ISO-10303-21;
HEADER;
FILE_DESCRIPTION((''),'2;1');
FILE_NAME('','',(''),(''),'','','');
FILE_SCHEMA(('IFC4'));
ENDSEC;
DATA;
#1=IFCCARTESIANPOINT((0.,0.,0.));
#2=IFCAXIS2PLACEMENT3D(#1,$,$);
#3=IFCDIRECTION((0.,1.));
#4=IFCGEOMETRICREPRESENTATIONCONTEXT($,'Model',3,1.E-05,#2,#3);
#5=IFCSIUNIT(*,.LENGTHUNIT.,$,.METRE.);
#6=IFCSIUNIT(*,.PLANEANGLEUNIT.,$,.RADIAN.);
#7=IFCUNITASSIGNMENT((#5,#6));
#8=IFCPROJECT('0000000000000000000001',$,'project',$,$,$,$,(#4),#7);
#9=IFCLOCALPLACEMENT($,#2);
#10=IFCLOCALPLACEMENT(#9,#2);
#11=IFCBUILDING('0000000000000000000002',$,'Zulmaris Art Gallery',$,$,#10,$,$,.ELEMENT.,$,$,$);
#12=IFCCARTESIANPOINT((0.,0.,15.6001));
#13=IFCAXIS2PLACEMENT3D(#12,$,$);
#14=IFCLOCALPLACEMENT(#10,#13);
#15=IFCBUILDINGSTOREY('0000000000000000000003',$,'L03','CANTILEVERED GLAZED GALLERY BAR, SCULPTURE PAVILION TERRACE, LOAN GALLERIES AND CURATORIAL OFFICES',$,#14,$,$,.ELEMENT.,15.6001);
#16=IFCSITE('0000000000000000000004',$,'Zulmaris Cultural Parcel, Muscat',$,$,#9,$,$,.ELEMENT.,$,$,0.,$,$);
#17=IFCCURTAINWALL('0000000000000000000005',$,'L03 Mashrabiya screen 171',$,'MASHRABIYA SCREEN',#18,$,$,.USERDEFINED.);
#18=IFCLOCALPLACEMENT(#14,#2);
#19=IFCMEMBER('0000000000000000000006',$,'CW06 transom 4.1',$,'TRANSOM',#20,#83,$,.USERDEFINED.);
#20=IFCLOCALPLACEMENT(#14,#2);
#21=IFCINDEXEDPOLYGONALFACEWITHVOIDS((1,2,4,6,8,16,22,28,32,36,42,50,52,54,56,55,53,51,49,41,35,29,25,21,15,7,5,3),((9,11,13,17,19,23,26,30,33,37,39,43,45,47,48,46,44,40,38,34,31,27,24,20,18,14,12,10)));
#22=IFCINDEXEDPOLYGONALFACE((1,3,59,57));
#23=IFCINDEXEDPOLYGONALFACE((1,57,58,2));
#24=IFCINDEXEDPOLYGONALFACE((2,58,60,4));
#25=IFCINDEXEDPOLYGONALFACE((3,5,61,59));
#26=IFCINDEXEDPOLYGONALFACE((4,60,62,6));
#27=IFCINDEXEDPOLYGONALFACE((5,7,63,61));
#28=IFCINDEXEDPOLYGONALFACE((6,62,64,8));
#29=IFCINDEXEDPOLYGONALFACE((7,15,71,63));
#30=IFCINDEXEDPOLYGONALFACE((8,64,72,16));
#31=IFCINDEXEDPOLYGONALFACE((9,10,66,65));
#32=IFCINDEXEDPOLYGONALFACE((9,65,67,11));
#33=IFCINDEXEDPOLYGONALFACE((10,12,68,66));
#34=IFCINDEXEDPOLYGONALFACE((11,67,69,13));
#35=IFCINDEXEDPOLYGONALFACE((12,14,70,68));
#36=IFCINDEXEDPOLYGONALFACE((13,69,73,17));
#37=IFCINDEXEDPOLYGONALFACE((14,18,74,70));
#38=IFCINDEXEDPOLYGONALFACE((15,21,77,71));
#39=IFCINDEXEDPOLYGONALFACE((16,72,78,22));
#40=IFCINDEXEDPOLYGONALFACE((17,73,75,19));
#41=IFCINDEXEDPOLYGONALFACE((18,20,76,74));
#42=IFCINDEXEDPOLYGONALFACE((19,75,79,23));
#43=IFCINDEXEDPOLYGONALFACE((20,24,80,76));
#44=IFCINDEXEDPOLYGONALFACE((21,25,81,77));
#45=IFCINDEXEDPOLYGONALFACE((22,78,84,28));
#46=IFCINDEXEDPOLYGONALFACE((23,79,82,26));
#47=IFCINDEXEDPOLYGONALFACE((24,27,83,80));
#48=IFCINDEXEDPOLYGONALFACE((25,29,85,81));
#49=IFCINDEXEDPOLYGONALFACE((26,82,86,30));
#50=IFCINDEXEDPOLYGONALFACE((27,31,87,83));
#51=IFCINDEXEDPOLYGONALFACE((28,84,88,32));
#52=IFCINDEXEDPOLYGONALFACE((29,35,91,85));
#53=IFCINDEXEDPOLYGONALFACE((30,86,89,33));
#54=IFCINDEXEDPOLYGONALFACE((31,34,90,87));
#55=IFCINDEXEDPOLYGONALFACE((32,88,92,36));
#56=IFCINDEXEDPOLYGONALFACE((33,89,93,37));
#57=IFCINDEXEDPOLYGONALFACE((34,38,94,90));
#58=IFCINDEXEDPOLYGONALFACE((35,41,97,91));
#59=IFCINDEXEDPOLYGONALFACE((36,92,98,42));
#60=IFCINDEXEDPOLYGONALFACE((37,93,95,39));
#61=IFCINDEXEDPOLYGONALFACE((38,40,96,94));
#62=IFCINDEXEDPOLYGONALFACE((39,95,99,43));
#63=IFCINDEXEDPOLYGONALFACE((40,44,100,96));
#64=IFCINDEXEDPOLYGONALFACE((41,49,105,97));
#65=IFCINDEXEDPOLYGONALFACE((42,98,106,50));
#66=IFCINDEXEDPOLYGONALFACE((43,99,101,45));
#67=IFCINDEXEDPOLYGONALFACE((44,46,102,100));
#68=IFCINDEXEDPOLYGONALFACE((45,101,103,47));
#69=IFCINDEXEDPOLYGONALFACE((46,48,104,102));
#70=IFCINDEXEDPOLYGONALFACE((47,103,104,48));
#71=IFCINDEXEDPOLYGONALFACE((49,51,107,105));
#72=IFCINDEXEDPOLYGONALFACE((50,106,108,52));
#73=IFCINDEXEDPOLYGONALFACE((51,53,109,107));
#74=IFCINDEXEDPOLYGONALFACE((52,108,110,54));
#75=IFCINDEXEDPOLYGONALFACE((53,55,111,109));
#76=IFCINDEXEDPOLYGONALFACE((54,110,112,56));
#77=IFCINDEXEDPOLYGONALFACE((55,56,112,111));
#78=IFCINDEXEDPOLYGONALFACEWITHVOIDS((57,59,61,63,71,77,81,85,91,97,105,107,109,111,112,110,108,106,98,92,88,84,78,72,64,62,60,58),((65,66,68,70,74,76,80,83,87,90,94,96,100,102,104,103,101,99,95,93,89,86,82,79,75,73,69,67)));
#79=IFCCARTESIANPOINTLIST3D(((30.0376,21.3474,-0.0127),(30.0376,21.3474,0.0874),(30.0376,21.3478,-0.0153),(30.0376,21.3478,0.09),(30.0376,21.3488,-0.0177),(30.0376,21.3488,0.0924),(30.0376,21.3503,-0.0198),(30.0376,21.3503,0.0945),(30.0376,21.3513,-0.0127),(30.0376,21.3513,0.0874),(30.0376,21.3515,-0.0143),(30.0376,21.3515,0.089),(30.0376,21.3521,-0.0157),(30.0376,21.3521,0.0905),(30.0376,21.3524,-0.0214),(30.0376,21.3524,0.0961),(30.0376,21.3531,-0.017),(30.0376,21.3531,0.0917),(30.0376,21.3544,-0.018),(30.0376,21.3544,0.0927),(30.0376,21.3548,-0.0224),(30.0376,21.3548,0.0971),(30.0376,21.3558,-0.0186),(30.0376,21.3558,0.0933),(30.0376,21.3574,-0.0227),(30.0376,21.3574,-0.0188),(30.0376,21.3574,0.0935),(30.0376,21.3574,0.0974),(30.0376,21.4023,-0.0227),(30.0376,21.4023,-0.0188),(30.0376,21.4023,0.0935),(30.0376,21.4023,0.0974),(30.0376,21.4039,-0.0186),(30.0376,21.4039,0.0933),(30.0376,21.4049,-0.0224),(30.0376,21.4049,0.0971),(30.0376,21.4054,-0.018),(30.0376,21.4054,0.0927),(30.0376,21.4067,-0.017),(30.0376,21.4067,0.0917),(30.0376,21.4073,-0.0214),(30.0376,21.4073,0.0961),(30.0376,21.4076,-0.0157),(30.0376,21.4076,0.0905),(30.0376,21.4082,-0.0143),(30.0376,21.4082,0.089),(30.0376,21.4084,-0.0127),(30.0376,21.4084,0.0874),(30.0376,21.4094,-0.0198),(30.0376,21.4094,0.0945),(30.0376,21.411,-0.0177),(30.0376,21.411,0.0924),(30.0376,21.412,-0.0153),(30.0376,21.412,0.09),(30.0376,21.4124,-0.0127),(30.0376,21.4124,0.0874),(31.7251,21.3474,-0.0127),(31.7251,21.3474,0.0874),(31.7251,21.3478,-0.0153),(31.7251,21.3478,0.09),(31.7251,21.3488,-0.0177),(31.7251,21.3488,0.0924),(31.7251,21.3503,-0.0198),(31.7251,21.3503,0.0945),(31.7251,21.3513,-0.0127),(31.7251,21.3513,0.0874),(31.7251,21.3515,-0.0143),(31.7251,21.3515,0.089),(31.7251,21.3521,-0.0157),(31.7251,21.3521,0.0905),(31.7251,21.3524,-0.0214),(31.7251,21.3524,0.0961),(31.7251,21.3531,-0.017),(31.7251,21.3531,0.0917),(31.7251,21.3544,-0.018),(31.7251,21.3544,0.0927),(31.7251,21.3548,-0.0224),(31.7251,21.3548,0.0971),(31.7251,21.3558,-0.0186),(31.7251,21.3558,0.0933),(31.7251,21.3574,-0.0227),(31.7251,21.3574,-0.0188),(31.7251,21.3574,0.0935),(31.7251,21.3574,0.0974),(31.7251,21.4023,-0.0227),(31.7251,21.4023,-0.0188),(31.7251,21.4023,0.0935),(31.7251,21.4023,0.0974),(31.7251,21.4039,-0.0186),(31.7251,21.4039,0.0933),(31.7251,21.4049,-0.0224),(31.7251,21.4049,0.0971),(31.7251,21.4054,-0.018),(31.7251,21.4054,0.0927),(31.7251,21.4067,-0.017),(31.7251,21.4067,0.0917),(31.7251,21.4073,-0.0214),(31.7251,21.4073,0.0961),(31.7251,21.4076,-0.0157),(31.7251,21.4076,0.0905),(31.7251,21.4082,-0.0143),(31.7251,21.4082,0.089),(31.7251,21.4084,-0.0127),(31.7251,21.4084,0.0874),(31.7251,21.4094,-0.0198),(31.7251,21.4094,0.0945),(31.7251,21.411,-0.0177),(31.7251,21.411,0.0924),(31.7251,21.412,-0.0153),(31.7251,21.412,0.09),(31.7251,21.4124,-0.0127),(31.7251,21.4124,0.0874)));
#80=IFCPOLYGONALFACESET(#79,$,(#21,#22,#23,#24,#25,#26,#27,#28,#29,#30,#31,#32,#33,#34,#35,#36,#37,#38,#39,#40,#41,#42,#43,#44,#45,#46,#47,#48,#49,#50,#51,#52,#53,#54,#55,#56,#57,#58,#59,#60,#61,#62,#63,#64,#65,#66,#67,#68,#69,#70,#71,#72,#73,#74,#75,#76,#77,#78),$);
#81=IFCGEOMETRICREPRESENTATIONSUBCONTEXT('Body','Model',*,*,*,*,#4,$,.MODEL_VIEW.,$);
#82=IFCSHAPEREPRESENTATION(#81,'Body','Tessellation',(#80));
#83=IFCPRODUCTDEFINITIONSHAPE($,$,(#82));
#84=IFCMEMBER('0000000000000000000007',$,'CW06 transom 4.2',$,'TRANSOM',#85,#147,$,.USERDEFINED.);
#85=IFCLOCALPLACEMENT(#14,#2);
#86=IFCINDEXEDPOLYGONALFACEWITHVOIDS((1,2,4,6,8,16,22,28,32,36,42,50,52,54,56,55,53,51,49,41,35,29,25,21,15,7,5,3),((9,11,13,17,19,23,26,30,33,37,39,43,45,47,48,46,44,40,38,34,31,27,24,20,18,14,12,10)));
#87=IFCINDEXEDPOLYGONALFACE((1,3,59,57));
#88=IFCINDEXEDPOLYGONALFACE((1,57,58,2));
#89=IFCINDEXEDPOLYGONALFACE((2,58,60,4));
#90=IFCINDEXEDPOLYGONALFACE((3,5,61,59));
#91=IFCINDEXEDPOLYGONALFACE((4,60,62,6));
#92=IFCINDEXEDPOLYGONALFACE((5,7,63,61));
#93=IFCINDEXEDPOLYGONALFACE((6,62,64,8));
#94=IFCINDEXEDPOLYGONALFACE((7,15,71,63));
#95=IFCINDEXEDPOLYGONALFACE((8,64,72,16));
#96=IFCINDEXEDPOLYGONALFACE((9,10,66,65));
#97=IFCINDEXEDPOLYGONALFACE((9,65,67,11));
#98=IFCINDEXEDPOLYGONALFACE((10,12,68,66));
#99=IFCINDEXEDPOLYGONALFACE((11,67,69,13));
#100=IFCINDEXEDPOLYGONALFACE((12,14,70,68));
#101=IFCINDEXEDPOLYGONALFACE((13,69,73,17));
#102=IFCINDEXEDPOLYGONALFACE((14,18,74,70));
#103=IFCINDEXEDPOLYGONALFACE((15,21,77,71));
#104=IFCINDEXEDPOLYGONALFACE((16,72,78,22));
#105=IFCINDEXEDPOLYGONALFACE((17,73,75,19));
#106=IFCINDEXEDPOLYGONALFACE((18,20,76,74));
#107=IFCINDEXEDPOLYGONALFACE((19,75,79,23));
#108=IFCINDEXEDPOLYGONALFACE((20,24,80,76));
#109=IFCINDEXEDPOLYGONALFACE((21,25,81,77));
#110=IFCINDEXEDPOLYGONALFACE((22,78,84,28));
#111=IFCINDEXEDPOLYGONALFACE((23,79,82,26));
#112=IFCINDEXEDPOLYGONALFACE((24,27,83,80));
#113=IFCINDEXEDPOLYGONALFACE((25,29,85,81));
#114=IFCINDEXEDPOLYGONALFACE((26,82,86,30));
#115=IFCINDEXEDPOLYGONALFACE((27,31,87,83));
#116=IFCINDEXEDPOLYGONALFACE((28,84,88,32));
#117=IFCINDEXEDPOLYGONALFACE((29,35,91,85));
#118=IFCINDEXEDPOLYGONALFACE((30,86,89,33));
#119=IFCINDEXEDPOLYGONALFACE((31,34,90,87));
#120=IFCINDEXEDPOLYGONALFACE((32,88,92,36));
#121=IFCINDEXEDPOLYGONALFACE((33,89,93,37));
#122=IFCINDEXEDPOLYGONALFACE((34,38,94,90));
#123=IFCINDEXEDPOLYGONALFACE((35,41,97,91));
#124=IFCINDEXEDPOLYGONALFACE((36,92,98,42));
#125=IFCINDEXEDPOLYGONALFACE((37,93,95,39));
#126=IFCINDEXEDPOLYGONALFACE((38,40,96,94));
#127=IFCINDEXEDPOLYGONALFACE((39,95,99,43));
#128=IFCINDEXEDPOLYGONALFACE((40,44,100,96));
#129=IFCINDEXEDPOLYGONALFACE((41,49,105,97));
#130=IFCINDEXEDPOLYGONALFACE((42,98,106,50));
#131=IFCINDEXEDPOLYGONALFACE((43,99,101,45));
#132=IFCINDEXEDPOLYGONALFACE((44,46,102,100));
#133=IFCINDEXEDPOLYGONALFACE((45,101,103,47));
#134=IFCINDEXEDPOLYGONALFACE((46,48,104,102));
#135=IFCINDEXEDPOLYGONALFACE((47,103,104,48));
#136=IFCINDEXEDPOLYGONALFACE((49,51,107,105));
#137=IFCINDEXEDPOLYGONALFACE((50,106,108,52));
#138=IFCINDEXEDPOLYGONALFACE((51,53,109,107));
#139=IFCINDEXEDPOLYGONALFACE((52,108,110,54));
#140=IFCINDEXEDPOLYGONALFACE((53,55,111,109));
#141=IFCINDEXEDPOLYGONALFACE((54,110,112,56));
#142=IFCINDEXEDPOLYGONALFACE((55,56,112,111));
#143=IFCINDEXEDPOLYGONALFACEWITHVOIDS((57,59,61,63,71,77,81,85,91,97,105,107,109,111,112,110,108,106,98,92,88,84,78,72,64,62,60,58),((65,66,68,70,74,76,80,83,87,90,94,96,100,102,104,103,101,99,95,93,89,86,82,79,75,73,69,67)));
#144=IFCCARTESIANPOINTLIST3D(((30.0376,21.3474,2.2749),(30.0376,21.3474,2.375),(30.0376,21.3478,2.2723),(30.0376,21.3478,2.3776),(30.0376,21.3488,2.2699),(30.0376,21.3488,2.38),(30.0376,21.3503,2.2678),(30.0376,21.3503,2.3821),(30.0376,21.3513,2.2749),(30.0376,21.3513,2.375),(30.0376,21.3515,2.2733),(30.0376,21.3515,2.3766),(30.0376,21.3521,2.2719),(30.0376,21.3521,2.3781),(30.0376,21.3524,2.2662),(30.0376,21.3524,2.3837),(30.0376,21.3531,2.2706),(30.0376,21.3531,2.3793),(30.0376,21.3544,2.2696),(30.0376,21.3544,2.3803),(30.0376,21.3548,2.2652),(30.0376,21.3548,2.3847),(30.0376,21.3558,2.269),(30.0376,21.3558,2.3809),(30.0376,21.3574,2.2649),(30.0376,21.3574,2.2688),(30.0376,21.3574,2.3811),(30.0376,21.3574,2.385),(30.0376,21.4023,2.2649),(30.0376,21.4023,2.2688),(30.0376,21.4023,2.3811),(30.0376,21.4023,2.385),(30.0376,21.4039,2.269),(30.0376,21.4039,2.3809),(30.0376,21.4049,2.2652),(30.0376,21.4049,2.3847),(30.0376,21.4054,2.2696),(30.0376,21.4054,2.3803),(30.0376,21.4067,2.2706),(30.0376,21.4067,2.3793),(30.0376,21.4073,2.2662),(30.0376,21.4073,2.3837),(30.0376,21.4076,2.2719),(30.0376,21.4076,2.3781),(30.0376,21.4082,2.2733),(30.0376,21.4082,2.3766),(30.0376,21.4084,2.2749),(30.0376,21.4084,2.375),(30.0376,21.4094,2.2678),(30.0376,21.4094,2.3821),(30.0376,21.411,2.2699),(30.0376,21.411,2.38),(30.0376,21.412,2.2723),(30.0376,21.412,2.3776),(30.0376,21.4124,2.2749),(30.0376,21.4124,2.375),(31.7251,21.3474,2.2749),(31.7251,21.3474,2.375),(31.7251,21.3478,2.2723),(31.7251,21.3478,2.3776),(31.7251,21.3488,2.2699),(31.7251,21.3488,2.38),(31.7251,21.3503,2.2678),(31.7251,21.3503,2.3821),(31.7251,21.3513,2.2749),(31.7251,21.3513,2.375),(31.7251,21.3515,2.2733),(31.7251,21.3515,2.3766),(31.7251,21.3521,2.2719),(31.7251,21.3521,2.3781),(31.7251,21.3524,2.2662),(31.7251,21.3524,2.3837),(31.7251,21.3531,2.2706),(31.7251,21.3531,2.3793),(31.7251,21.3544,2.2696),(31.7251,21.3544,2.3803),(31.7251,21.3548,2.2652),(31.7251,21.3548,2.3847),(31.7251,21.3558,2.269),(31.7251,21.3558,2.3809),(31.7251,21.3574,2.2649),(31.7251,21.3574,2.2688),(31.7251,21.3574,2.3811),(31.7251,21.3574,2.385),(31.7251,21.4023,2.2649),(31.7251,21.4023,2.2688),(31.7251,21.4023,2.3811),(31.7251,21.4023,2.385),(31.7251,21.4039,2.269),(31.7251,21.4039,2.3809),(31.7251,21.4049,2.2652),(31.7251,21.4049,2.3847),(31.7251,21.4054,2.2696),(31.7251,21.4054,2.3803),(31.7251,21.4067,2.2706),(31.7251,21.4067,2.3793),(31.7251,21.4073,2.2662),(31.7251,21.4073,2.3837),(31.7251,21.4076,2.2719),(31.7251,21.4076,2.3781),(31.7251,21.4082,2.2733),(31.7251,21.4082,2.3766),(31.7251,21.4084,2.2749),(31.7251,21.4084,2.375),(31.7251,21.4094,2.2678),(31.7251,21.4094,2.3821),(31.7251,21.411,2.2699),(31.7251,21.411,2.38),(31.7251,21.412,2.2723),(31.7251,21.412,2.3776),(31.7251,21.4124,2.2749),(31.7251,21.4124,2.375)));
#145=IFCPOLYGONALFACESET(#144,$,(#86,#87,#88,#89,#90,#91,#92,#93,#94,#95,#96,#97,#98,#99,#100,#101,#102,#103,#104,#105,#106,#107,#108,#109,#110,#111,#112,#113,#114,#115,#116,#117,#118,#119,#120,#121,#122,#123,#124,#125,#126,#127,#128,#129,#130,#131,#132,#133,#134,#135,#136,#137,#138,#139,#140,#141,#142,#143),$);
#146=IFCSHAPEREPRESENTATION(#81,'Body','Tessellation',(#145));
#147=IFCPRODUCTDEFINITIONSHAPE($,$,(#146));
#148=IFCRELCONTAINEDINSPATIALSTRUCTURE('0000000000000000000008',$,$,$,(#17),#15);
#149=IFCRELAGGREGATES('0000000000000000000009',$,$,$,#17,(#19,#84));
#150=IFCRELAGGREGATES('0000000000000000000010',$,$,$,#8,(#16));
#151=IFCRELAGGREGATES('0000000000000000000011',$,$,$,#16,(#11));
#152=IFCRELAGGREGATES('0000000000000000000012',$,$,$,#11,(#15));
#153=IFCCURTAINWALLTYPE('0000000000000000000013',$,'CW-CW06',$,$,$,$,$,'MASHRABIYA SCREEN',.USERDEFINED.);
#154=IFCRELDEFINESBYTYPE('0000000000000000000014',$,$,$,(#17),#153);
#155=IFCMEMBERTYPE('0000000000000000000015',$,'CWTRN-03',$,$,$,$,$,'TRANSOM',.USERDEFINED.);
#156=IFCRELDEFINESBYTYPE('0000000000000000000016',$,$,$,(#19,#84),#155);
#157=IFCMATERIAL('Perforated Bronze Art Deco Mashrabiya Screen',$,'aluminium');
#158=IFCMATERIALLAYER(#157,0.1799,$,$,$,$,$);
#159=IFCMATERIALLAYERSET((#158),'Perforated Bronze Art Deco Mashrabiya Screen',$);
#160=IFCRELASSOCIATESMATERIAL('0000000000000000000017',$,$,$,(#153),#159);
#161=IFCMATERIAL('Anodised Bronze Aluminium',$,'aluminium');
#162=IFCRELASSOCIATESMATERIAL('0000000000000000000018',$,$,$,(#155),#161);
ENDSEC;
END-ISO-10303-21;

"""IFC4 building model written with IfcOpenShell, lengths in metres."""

from ifc_helpers import new_model, si_unit, direction, frame, origin, origin_2d, place, context, subcontext, project, spatial, hollow_rectangle, extrude, material, layer, layer_set, material_profile, profile_set, type_object, element, aggregate, save


model = new_model("IFC4")

# Units and contexts
model_context = context("Model", 3, precision=1e-05, world=origin(), true_north=direction((0.0, 1.0)))
body_context = subcontext(model_context, "Body", "Model", "MODEL_VIEW")
ifc_project = project(units=[si_unit("LENGTHUNIT", "METRE"), si_unit("PLANEANGLEUNIT", "RADIAN")], contexts=[model_context])

# Site, building, storey
site_placement = place(None, origin())
site = spatial("IfcSite", under=ifc_project, at=site_placement, Name="Zulmaris Cultural Parcel, Muscat", CompositionType="ELEMENT", RefElevation=0.0)
building_placement = place(site_placement, origin())
building = spatial("IfcBuilding", under=site, at=building_placement, Name="Zulmaris Art Gallery", CompositionType="ELEMENT")
storey_placement = place(building_placement, frame((0.0, 0.0, 15.6001)))
storey = spatial("IfcBuildingStorey", under=building, at=storey_placement, Name="L03", Description="CANTILEVERED GLAZED GALLERY BAR, SCULPTURE PAVILION TERRACE, LOAN GALLERIES AND CURATORIAL OFFICES", CompositionType="ELEMENT", Elevation=15.6001)

# Curtain wall
ifc_material_1 = material(Name="Perforated Bronze Art Deco Mashrabiya Screen", Category="aluminium")
ifc_layer_1 = layer(ifc_material_1, 0.1799)
ifc_layer_set_1 = layer_set([ifc_layer_1], Name="Perforated Bronze Art Deco Mashrabiya Screen")
curtain_wall_type = type_object("IfcCurtainWallType", Name="CW-CW06", ElementType="MASHRABIYA SCREEN", PredefinedType="USERDEFINED", material=ifc_layer_set_1)
curtain_wall_1_placement = place(storey_placement, origin())
curtain_wall_1 = element("IfcCurtainWall", 1, at=curtain_wall_1_placement, inside=storey, type_object=curtain_wall_type, Name="L03 Mashrabiya screen 171", ObjectType="MASHRABIYA SCREEN", PredefinedType="USERDEFINED")
ifc_material_2 = material(Name="Anodised Bronze Aluminium", Category="aluminium")

# Members
ifc_material_profile_1 = material_profile(ifc_material_2, hollow_rectangle(XDim=0.0649, YDim=0.1201, WallThickness=0.0039, InnerFilletRadius=0.0061, OuterFilletRadius=0.01, at=origin_2d()), Name="ALU 65x120x4")
ifc_profile_set_1 = profile_set([ifc_material_profile_1], Name="Anodised Bronze Aluminium")
member_type_1 = type_object("IfcMemberType", Name="CWTRN-03", ElementType="TRANSOM", PredefinedType="USERDEFINED", material=ifc_profile_set_1)
member_1_placement = place(storey_placement, frame((30.0376, 21.3799, 0.0374), z_axis=(1.0, 0.0, 0.0), x_axis=(0.0, 1.0, 0.0)))
member_1 = element("IfcMember", 2, at=member_1_placement, type_object=member_type_1, Name="CW06 transom 4.1", ObjectType="TRANSOM", PredefinedType="USERDEFINED", context=body_context, shape_type="SweptSolid", body=[
    extrude(hollow_rectangle(XDim=0.0649, YDim=0.1201, WallThickness=0.0039, InnerFilletRadius=0.0061, OuterFilletRadius=0.01, at=origin_2d()), origin(), (0.0, 0.0, 1.0), 1.6875),
])
member_2_placement = place(storey_placement, frame((30.0376, 21.3799, 2.325), z_axis=(1.0, 0.0, 0.0), x_axis=(0.0, 1.0, 0.0)))
member_2 = element("IfcMember", 3, at=member_2_placement, type_object=member_type_1, Name="CW06 transom 4.2", ObjectType="TRANSOM", PredefinedType="USERDEFINED", context=body_context, shape_type="SweptSolid", body=[
    extrude(hollow_rectangle(XDim=0.0649, YDim=0.1201, WallThickness=0.0039, InnerFilletRadius=0.0061, OuterFilletRadius=0.01, at=origin_2d()), origin(), (0.0, 0.0, 1.0), 1.6875),
])

aggregate(curtain_wall_1, [member_1, member_2])

save(model, "model.ifc")
